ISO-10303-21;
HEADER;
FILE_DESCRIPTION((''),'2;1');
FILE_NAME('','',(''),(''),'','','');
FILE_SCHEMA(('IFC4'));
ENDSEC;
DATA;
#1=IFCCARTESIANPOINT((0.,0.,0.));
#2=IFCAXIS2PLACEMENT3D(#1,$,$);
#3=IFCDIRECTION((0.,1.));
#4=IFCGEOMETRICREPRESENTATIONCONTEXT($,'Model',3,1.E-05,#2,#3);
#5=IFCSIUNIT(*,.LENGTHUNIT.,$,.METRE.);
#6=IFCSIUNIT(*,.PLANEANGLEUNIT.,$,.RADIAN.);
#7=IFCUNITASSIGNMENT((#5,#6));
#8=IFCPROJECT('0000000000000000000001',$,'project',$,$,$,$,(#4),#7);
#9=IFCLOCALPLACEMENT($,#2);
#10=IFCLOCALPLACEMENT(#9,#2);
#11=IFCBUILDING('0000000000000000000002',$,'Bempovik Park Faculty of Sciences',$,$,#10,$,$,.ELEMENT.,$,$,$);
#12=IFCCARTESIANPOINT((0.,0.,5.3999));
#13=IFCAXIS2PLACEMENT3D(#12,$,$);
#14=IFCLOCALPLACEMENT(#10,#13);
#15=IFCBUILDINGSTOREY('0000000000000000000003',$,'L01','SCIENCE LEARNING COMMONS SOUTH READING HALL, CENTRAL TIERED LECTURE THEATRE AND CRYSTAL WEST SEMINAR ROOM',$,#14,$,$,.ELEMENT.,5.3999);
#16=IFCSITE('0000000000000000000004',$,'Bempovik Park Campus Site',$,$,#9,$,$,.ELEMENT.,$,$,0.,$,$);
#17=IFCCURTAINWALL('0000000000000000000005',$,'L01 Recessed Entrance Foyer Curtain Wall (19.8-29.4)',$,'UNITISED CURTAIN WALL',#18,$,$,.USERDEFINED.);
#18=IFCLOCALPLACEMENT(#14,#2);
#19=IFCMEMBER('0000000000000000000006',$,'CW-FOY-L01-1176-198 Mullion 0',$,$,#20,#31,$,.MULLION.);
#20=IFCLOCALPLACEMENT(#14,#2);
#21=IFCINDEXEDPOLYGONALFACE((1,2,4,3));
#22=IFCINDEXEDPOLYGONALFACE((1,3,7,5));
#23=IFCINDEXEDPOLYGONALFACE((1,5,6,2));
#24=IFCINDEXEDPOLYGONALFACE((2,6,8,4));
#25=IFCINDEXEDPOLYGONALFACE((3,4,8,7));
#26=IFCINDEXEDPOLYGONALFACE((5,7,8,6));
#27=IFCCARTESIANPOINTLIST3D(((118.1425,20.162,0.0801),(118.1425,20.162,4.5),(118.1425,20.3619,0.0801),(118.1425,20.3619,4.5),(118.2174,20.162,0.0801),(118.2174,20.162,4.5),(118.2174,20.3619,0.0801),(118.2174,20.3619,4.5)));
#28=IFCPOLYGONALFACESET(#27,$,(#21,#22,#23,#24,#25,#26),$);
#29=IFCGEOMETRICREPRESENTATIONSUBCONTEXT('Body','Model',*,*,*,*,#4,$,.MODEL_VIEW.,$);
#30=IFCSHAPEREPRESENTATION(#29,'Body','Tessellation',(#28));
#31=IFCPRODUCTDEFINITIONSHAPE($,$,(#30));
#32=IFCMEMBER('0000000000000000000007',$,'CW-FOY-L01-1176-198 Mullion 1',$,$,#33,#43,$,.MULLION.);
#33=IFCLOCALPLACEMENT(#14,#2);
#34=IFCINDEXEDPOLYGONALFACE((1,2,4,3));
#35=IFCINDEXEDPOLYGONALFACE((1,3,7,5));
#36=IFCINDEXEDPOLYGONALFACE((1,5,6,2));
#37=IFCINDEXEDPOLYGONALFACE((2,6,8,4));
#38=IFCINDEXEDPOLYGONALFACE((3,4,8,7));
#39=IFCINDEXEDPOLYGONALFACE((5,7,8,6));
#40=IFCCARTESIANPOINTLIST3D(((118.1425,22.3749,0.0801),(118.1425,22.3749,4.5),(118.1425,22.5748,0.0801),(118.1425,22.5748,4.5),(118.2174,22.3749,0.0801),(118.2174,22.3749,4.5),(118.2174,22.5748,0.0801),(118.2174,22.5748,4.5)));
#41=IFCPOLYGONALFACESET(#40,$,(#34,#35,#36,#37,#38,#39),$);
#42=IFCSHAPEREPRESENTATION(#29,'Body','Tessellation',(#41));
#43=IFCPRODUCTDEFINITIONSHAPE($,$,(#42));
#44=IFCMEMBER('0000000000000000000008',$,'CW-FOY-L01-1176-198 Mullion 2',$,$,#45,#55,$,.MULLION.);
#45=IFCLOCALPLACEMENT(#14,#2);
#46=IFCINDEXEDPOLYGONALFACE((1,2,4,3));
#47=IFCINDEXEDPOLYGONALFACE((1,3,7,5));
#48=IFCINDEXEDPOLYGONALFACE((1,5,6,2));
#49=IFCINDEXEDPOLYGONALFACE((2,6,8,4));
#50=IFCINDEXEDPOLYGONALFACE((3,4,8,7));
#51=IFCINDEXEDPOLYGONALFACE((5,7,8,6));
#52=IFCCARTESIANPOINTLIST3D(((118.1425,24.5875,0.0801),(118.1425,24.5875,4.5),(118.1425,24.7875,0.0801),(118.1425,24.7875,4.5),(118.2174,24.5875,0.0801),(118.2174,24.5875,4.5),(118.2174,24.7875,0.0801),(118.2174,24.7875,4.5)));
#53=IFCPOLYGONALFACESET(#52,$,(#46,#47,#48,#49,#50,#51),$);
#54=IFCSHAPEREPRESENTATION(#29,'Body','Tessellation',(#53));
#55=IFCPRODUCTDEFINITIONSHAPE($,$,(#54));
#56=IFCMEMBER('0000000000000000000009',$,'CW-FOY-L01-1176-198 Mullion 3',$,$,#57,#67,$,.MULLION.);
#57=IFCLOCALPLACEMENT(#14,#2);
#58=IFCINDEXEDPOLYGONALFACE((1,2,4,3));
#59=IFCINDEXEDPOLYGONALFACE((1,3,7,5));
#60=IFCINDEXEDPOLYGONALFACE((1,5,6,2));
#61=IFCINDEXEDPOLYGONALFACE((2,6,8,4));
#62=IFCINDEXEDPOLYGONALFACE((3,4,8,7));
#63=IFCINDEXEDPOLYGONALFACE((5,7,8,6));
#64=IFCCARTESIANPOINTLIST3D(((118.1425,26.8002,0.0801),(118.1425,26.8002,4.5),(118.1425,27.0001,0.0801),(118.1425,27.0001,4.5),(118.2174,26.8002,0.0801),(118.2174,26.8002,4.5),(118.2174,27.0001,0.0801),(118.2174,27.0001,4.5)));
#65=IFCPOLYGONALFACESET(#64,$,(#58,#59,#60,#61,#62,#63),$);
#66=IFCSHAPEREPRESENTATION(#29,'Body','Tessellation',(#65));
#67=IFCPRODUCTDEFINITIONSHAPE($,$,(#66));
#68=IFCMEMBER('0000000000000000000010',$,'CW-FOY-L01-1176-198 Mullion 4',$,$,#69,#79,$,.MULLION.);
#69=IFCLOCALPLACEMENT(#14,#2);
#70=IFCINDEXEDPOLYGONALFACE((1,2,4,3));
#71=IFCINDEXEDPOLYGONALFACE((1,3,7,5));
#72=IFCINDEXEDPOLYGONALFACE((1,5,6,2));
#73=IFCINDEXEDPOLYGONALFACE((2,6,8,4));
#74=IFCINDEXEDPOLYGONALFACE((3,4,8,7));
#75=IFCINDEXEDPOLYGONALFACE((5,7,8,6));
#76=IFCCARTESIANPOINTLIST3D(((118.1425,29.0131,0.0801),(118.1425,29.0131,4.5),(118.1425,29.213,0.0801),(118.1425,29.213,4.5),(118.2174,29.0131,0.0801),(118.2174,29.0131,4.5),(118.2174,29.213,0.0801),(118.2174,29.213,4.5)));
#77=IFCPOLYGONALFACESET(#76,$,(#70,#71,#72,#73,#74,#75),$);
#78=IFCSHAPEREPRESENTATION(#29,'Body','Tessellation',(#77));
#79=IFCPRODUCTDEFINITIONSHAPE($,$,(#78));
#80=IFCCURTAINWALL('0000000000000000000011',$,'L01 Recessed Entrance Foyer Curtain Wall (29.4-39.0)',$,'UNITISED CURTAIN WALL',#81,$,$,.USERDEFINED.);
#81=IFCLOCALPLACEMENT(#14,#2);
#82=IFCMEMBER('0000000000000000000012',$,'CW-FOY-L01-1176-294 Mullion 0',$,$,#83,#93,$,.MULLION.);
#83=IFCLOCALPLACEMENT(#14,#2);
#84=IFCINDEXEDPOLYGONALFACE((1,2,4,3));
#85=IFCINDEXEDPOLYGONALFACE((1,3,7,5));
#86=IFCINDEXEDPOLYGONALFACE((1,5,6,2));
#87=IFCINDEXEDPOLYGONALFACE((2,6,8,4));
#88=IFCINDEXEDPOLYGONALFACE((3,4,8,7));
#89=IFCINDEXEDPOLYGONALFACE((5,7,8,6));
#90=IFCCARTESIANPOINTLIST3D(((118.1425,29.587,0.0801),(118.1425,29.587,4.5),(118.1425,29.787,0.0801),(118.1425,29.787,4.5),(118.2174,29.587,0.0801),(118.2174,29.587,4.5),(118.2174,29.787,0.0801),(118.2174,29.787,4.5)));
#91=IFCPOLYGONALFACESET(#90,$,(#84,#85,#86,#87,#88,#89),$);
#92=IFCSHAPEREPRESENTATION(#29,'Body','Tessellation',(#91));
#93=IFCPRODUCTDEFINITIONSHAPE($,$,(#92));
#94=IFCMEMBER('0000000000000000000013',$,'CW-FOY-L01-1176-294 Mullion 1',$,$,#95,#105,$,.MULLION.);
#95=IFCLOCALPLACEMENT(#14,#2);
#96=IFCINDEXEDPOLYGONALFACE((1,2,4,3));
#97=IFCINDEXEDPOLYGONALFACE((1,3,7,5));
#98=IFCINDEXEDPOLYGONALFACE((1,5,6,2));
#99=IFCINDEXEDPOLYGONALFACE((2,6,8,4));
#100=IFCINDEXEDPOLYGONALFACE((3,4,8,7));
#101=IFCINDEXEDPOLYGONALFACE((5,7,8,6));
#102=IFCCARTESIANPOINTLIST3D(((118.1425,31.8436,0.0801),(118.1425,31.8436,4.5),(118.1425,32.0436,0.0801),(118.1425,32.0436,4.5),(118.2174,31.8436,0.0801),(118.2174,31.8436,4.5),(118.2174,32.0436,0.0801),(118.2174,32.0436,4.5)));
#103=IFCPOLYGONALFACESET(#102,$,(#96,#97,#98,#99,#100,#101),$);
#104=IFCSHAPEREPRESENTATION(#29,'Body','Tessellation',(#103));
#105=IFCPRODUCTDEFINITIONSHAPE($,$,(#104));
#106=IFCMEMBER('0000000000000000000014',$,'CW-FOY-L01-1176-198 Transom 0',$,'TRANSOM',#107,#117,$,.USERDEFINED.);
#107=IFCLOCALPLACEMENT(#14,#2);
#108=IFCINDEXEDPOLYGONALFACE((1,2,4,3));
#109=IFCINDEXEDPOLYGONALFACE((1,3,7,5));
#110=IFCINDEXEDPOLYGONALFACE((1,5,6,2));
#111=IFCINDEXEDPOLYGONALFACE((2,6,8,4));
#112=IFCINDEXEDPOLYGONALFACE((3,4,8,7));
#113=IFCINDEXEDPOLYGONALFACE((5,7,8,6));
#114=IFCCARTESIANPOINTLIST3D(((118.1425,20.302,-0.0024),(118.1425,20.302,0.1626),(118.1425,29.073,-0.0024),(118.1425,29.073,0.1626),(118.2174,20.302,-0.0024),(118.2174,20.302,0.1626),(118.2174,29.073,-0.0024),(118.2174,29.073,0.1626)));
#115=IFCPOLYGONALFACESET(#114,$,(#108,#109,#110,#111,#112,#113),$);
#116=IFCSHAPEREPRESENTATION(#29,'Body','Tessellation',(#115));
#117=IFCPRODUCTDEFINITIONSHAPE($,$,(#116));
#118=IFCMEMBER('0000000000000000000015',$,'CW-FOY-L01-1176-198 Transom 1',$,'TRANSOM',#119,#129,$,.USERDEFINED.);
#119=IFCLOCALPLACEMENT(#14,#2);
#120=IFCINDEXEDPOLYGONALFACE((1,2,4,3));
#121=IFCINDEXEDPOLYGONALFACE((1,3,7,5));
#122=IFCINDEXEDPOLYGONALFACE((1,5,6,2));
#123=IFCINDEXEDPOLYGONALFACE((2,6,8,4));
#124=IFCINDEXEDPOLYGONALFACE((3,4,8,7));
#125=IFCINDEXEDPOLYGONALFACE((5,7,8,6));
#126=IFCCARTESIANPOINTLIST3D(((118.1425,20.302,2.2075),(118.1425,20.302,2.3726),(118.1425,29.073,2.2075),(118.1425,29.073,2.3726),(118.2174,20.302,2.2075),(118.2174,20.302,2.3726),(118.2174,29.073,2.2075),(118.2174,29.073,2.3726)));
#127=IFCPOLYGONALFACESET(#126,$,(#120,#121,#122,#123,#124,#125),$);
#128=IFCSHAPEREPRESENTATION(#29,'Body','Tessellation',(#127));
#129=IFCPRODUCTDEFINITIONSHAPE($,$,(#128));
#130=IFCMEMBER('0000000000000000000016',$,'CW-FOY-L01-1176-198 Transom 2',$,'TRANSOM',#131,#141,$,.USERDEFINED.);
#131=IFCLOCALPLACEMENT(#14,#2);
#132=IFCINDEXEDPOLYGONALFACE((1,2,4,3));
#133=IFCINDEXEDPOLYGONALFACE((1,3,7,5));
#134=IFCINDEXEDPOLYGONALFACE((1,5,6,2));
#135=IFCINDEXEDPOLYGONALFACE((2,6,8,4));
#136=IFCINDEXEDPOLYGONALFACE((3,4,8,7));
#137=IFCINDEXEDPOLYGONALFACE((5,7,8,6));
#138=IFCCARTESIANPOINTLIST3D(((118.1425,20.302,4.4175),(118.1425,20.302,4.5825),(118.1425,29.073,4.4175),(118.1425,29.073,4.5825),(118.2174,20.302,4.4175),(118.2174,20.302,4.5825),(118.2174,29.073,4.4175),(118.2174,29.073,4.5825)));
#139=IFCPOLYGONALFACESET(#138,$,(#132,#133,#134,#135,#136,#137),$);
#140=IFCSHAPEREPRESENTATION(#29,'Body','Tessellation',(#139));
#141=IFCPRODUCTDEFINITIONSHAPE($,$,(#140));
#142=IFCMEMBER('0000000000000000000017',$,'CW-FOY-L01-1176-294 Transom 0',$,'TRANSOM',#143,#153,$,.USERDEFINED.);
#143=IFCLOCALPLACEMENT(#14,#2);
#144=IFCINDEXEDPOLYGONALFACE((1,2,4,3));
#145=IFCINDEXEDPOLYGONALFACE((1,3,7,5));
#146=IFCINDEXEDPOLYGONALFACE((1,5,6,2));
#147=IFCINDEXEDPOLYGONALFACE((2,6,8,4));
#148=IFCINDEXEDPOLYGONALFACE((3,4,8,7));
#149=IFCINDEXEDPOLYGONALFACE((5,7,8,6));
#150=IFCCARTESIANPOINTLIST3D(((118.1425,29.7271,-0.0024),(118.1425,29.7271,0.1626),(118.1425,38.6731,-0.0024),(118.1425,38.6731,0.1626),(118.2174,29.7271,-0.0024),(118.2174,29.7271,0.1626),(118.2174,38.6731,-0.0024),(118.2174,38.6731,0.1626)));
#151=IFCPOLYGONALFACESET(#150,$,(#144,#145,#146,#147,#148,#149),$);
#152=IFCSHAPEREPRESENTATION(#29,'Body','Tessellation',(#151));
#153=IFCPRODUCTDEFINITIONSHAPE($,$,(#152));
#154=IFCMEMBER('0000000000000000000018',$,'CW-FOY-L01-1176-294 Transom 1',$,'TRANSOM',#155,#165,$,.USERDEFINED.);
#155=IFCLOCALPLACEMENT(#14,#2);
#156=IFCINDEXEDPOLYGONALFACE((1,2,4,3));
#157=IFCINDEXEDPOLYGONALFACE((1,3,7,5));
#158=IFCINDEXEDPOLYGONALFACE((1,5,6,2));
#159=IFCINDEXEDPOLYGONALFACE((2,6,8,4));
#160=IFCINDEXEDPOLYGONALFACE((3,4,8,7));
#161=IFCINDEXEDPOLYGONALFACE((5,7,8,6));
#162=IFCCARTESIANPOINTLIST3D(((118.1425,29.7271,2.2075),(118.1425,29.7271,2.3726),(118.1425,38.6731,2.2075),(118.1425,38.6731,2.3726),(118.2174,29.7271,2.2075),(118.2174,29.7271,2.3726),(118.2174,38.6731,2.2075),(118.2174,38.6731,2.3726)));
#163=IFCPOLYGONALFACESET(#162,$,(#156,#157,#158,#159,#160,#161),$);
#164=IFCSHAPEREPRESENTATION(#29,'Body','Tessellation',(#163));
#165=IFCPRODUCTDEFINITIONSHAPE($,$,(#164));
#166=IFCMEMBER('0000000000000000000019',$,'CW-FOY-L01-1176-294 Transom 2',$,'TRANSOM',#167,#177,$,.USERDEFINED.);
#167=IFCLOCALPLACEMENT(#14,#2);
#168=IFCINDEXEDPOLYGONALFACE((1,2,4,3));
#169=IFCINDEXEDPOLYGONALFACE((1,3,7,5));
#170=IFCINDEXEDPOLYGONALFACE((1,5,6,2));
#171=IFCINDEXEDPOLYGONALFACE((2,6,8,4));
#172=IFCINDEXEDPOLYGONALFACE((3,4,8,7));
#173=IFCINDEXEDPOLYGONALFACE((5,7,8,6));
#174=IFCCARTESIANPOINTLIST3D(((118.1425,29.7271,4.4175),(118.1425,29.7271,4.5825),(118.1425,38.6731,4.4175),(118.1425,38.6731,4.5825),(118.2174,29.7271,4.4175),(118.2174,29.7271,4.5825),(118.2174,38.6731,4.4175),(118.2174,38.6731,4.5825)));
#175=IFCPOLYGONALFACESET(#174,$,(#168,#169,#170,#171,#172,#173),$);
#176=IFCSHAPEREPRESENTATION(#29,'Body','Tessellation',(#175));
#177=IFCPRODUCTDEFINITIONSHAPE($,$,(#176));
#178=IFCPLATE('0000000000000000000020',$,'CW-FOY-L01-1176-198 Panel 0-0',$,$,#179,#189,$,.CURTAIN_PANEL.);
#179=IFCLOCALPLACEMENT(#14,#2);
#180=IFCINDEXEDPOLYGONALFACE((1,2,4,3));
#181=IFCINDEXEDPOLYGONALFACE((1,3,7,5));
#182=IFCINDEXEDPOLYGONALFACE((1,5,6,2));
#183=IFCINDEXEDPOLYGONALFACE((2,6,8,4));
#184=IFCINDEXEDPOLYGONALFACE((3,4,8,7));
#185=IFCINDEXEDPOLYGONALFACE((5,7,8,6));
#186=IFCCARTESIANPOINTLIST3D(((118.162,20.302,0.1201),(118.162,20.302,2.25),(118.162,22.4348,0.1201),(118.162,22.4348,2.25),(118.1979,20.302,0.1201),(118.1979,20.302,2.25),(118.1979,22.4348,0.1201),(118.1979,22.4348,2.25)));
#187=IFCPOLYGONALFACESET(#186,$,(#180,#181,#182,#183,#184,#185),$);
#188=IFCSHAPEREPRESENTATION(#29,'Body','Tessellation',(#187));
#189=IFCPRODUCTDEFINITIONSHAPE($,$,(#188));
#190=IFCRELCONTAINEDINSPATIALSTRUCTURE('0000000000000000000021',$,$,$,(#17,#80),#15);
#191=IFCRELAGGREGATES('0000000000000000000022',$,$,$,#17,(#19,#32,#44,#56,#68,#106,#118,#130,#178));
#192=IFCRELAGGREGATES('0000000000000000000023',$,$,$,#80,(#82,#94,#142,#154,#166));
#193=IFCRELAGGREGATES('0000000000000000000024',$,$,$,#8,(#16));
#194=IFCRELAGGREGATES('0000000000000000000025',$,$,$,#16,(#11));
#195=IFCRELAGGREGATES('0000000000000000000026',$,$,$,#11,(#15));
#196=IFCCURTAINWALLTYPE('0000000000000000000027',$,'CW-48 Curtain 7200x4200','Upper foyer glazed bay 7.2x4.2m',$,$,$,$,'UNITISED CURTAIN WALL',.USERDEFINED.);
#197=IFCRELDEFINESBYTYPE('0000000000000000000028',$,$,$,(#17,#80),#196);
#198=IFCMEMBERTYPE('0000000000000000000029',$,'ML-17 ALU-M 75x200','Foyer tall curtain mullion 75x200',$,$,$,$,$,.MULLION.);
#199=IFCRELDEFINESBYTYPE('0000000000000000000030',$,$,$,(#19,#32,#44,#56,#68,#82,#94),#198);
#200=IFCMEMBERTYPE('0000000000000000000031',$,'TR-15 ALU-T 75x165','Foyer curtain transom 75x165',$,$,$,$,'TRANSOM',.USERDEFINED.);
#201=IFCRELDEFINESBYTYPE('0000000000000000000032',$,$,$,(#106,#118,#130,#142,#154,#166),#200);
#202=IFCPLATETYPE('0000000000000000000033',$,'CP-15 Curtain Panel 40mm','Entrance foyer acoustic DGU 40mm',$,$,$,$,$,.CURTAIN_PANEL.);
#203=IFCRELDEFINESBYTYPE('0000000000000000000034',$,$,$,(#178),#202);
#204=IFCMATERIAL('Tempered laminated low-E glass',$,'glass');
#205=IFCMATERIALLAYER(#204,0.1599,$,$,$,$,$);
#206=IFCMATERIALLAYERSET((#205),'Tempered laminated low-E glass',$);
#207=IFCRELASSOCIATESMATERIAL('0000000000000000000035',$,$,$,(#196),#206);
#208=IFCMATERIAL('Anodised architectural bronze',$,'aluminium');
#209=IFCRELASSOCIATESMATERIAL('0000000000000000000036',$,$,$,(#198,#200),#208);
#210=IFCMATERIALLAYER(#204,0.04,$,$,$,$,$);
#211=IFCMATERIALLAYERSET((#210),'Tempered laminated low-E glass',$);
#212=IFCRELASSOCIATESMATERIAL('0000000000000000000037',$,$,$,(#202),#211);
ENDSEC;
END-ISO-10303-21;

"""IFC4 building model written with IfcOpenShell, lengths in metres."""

from ifc_helpers import new_model, si_unit, direction, frame, origin, origin_2d, place, context, subcontext, project, spatial, rectangle, extrude, material, layer, layer_set, material_profile, profile_set, type_object, element, aggregate, save


model = new_model("IFC4")

# Units and contexts
model_context = context("Model", 3, precision=1e-05, world=origin(), true_north=direction((0.0, 1.0)))
body_context = subcontext(model_context, "Body", "Model", "MODEL_VIEW")
ifc_project = project(units=[si_unit("LENGTHUNIT", "METRE"), si_unit("PLANEANGLEUNIT", "RADIAN")], contexts=[model_context])

# Site, building, storey
site_placement = place(None, origin())
site = spatial("IfcSite", under=ifc_project, at=site_placement, Name="Bempovik Park Campus Site", CompositionType="ELEMENT", RefElevation=0.0)
building_placement = place(site_placement, origin())
building = spatial("IfcBuilding", under=site, at=building_placement, Name="Bempovik Park Faculty of Sciences", CompositionType="ELEMENT")
storey_placement = place(building_placement, frame((0.0, 0.0, 5.3999)))
storey = spatial("IfcBuildingStorey", under=building, at=storey_placement, Name="L01", Description="SCIENCE LEARNING COMMONS SOUTH READING HALL, CENTRAL TIERED LECTURE THEATRE AND CRYSTAL WEST SEMINAR ROOM", CompositionType="ELEMENT", Elevation=5.3999)

# Curtain walls, members
ifc_material_1 = material(Name="Tempered laminated low-E glass", Category="glass")
ifc_layer_1 = layer(ifc_material_1, 0.1599)
ifc_layer_set_1 = layer_set([ifc_layer_1], Name="Tempered laminated low-E glass")
curtain_wall_type = type_object("IfcCurtainWallType", Name="CW-48 Curtain 7200x4200", Description="Upper foyer glazed bay 7.2x4.2m", ElementType="UNITISED CURTAIN WALL", PredefinedType="USERDEFINED", material=ifc_layer_set_1)
curtain_wall_1_placement = place(storey_placement, origin())
curtain_wall_1 = element("IfcCurtainWall", 1, at=curtain_wall_1_placement, inside=storey, type_object=curtain_wall_type, Name="L01 Recessed Entrance Foyer Curtain Wall (19.8-29.4)", ObjectType="UNITISED CURTAIN WALL", PredefinedType="USERDEFINED")
ifc_material_2 = material(Name="Anodised architectural bronze", Category="aluminium")
ifc_material_profile_1 = material_profile(ifc_material_2, rectangle(XDim=0.075, YDim=0.2, at=origin_2d()), Name="ALU-M 75x200")
ifc_profile_set_1 = profile_set([ifc_material_profile_1], Name="Anodised architectural bronze")
member_type_1 = type_object("IfcMemberType", Name="ML-17 ALU-M 75x200", Description="Foyer tall curtain mullion 75x200", PredefinedType="MULLION", material=ifc_profile_set_1)
member_1_placement = place(storey_placement, frame((118.1799, 20.262, 0.0801), z_axis=(0.0, 0.0, 1.0), x_axis=(1.0, 0.0, 0.0)))
member_1 = element("IfcMember", 2, at=member_1_placement, type_object=member_type_1, Name="CW-FOY-L01-1176-198 Mullion 0", PredefinedType="MULLION", context=body_context, shape_type="SweptSolid", body=[
    extrude(rectangle(XDim=0.075, YDim=0.2, at=origin_2d()), origin(), (0.0, 0.0, 1.0), 4.4199),
])
member_2_placement = place(storey_placement, frame((118.1799, 22.4749, 0.0801), z_axis=(0.0, 0.0, 1.0), x_axis=(1.0, 0.0, 0.0)))
member_2 = element("IfcMember", 3, at=member_2_placement, type_object=member_type_1, Name="CW-FOY-L01-1176-198 Mullion 1", PredefinedType="MULLION", context=body_context, shape_type="SweptSolid", body=[
    extrude(rectangle(XDim=0.075, YDim=0.2, at=origin_2d()), origin(), (0.0, 0.0, 1.0), 4.4199),
])
member_3_placement = place(storey_placement, frame((118.1799, 24.6875, 0.0801), z_axis=(0.0, 0.0, 1.0), x_axis=(1.0, 0.0, 0.0)))
member_3 = element("IfcMember", 4, at=member_3_placement, type_object=member_type_1, Name="CW-FOY-L01-1176-198 Mullion 2", PredefinedType="MULLION", context=body_context, shape_type="SweptSolid", body=[
    extrude(rectangle(XDim=0.075, YDim=0.2, at=origin_2d()), origin(), (0.0, 0.0, 1.0), 4.4199),
])
member_4_placement = place(storey_placement, frame((118.1799, 26.9001, 0.0801), z_axis=(0.0, 0.0, 1.0), x_axis=(1.0, 0.0, 0.0)))
member_4 = element("IfcMember", 5, at=member_4_placement, type_object=member_type_1, Name="CW-FOY-L01-1176-198 Mullion 3", PredefinedType="MULLION", context=body_context, shape_type="SweptSolid", body=[
    extrude(rectangle(XDim=0.075, YDim=0.2, at=origin_2d()), origin(), (0.0, 0.0, 1.0), 4.4199),
])
member_5_placement = place(storey_placement, frame((118.1799, 29.113, 0.0801), z_axis=(0.0, 0.0, 1.0), x_axis=(1.0, 0.0, 0.0)))
member_5 = element("IfcMember", 6, at=member_5_placement, type_object=member_type_1, Name="CW-FOY-L01-1176-198 Mullion 4", PredefinedType="MULLION", context=body_context, shape_type="SweptSolid", body=[
    extrude(rectangle(XDim=0.075, YDim=0.2, at=origin_2d()), origin(), (0.0, 0.0, 1.0), 4.4199),
])
curtain_wall_2_placement = place(storey_placement, origin())
curtain_wall_2 = element("IfcCurtainWall", 7, at=curtain_wall_2_placement, inside=storey, type_object=curtain_wall_type, Name="L01 Recessed Entrance Foyer Curtain Wall (29.4-39.0)", ObjectType="UNITISED CURTAIN WALL", PredefinedType="USERDEFINED")
member_6_placement = place(storey_placement, frame((118.1799, 29.687, 0.0801), z_axis=(0.0, 0.0, 1.0), x_axis=(1.0, 0.0, 0.0)))
member_6 = element("IfcMember", 8, at=member_6_placement, type_object=member_type_1, Name="CW-FOY-L01-1176-294 Mullion 0", PredefinedType="MULLION", context=body_context, shape_type="SweptSolid", body=[
    extrude(rectangle(XDim=0.075, YDim=0.2, at=origin_2d()), origin(), (0.0, 0.0, 1.0), 4.4199),
])
member_7_placement = place(storey_placement, frame((118.1799, 31.9436, 0.0801), z_axis=(0.0, 0.0, 1.0), x_axis=(1.0, 0.0, 0.0)))
member_7 = element("IfcMember", 9, at=member_7_placement, type_object=member_type_1, Name="CW-FOY-L01-1176-294 Mullion 1", PredefinedType="MULLION", context=body_context, shape_type="SweptSolid", body=[
    extrude(rectangle(XDim=0.075, YDim=0.2, at=origin_2d()), origin(), (0.0, 0.0, 1.0), 4.4199),
])

# Members
ifc_material_profile_2 = material_profile(ifc_material_2, rectangle(XDim=0.075, YDim=0.165, at=origin_2d()), Name="ALU-T 75x165")
ifc_profile_set_2 = profile_set([ifc_material_profile_2], Name="Anodised architectural bronze")
member_type_2 = type_object("IfcMemberType", Name="TR-15 ALU-T 75x165", Description="Foyer curtain transom 75x165", ElementType="TRANSOM", PredefinedType="USERDEFINED", material=ifc_profile_set_2)
member_8_placement = place(storey_placement, frame((118.1799, 20.302, 0.0801), z_axis=(0.0, 1.0, 0.0), x_axis=(-1.0, 0.0, 0.0)))
member_8 = element("IfcMember", 10, at=member_8_placement, type_object=member_type_2, Name="CW-FOY-L01-1176-198 Transom 0", ObjectType="TRANSOM", PredefinedType="USERDEFINED", context=body_context, shape_type="SweptSolid", body=[
    extrude(rectangle(XDim=0.075, YDim=0.165, at=origin_2d()), origin(), (0.0, 0.0, 1.0), 8.771),
])
member_9_placement = place(storey_placement, frame((118.1799, 20.302, 2.29), z_axis=(0.0, 1.0, 0.0), x_axis=(-1.0, 0.0, 0.0)))
member_9 = element("IfcMember", 11, at=member_9_placement, type_object=member_type_2, Name="CW-FOY-L01-1176-198 Transom 1", ObjectType="TRANSOM", PredefinedType="USERDEFINED", context=body_context, shape_type="SweptSolid", body=[
    extrude(rectangle(XDim=0.075, YDim=0.165, at=origin_2d()), origin(), (0.0, 0.0, 1.0), 8.771),
])
member_10_placement = place(storey_placement, frame((118.1799, 20.302, 4.5), z_axis=(0.0, 1.0, 0.0), x_axis=(-1.0, 0.0, 0.0)))
member_10 = element("IfcMember", 12, at=member_10_placement, type_object=member_type_2, Name="CW-FOY-L01-1176-198 Transom 2", ObjectType="TRANSOM", PredefinedType="USERDEFINED", context=body_context, shape_type="SweptSolid", body=[
    extrude(rectangle(XDim=0.075, YDim=0.165, at=origin_2d()), origin(), (0.0, 0.0, 1.0), 8.771),
])
member_11_placement = place(storey_placement, frame((118.1799, 29.7271, 0.0801), z_axis=(0.0, 1.0, 0.0), x_axis=(-1.0, 0.0, 0.0)))
member_11 = element("IfcMember", 13, at=member_11_placement, type_object=member_type_2, Name="CW-FOY-L01-1176-294 Transom 0", ObjectType="TRANSOM", PredefinedType="USERDEFINED", context=body_context, shape_type="SweptSolid", body=[
    extrude(rectangle(XDim=0.075, YDim=0.165, at=origin_2d()), origin(), (0.0, 0.0, 1.0), 8.946),
])
member_12_placement = place(storey_placement, frame((118.1799, 29.7271, 2.29), z_axis=(0.0, 1.0, 0.0), x_axis=(-1.0, 0.0, 0.0)))
member_12 = element("IfcMember", 14, at=member_12_placement, type_object=member_type_2, Name="CW-FOY-L01-1176-294 Transom 1", ObjectType="TRANSOM", PredefinedType="USERDEFINED", context=body_context, shape_type="SweptSolid", body=[
    extrude(rectangle(XDim=0.075, YDim=0.165, at=origin_2d()), origin(), (0.0, 0.0, 1.0), 8.946),
])
member_13_placement = place(storey_placement, frame((118.1799, 29.7271, 4.5), z_axis=(0.0, 1.0, 0.0), x_axis=(-1.0, 0.0, 0.0)))
member_13 = element("IfcMember", 15, at=member_13_placement, type_object=member_type_2, Name="CW-FOY-L01-1176-294 Transom 2", ObjectType="TRANSOM", PredefinedType="USERDEFINED", context=body_context, shape_type="SweptSolid", body=[
    extrude(rectangle(XDim=0.075, YDim=0.165, at=origin_2d()), origin(), (0.0, 0.0, 1.0), 8.946),
])

# Plate
ifc_layer_2 = layer(ifc_material_1, 0.04)
ifc_layer_set_2 = layer_set([ifc_layer_2], Name="Tempered laminated low-E glass")
plate_type = type_object("IfcPlateType", Name="CP-15 Curtain Panel 40mm", Description="Entrance foyer acoustic DGU 40mm", PredefinedType="CURTAIN_PANEL", material=ifc_layer_set_2)
plate_1_placement = place(storey_placement, frame((118.1799, 21.3684, 0.1201), z_axis=(0.0, 0.0, 1.0), x_axis=(0.0, 1.0, 0.0)))
plate_1 = element("IfcPlate", 16, at=plate_1_placement, type_object=plate_type, Name="CW-FOY-L01-1176-198 Panel 0-0", PredefinedType="CURTAIN_PANEL", context=body_context, shape_type="SweptSolid", body=[
    extrude(rectangle(XDim=2.1328, YDim=0.0359, at=origin_2d()), origin(), (0.0, 0.0, 1.0), 2.1299),
])
aggregate(curtain_wall_1, [member_1, member_2, member_3, member_4, member_5, member_8, member_9, member_10, plate_1])
aggregate(curtain_wall_2, [member_6, member_7, member_11, member_12, member_13])

save(model, "model.ifc")
